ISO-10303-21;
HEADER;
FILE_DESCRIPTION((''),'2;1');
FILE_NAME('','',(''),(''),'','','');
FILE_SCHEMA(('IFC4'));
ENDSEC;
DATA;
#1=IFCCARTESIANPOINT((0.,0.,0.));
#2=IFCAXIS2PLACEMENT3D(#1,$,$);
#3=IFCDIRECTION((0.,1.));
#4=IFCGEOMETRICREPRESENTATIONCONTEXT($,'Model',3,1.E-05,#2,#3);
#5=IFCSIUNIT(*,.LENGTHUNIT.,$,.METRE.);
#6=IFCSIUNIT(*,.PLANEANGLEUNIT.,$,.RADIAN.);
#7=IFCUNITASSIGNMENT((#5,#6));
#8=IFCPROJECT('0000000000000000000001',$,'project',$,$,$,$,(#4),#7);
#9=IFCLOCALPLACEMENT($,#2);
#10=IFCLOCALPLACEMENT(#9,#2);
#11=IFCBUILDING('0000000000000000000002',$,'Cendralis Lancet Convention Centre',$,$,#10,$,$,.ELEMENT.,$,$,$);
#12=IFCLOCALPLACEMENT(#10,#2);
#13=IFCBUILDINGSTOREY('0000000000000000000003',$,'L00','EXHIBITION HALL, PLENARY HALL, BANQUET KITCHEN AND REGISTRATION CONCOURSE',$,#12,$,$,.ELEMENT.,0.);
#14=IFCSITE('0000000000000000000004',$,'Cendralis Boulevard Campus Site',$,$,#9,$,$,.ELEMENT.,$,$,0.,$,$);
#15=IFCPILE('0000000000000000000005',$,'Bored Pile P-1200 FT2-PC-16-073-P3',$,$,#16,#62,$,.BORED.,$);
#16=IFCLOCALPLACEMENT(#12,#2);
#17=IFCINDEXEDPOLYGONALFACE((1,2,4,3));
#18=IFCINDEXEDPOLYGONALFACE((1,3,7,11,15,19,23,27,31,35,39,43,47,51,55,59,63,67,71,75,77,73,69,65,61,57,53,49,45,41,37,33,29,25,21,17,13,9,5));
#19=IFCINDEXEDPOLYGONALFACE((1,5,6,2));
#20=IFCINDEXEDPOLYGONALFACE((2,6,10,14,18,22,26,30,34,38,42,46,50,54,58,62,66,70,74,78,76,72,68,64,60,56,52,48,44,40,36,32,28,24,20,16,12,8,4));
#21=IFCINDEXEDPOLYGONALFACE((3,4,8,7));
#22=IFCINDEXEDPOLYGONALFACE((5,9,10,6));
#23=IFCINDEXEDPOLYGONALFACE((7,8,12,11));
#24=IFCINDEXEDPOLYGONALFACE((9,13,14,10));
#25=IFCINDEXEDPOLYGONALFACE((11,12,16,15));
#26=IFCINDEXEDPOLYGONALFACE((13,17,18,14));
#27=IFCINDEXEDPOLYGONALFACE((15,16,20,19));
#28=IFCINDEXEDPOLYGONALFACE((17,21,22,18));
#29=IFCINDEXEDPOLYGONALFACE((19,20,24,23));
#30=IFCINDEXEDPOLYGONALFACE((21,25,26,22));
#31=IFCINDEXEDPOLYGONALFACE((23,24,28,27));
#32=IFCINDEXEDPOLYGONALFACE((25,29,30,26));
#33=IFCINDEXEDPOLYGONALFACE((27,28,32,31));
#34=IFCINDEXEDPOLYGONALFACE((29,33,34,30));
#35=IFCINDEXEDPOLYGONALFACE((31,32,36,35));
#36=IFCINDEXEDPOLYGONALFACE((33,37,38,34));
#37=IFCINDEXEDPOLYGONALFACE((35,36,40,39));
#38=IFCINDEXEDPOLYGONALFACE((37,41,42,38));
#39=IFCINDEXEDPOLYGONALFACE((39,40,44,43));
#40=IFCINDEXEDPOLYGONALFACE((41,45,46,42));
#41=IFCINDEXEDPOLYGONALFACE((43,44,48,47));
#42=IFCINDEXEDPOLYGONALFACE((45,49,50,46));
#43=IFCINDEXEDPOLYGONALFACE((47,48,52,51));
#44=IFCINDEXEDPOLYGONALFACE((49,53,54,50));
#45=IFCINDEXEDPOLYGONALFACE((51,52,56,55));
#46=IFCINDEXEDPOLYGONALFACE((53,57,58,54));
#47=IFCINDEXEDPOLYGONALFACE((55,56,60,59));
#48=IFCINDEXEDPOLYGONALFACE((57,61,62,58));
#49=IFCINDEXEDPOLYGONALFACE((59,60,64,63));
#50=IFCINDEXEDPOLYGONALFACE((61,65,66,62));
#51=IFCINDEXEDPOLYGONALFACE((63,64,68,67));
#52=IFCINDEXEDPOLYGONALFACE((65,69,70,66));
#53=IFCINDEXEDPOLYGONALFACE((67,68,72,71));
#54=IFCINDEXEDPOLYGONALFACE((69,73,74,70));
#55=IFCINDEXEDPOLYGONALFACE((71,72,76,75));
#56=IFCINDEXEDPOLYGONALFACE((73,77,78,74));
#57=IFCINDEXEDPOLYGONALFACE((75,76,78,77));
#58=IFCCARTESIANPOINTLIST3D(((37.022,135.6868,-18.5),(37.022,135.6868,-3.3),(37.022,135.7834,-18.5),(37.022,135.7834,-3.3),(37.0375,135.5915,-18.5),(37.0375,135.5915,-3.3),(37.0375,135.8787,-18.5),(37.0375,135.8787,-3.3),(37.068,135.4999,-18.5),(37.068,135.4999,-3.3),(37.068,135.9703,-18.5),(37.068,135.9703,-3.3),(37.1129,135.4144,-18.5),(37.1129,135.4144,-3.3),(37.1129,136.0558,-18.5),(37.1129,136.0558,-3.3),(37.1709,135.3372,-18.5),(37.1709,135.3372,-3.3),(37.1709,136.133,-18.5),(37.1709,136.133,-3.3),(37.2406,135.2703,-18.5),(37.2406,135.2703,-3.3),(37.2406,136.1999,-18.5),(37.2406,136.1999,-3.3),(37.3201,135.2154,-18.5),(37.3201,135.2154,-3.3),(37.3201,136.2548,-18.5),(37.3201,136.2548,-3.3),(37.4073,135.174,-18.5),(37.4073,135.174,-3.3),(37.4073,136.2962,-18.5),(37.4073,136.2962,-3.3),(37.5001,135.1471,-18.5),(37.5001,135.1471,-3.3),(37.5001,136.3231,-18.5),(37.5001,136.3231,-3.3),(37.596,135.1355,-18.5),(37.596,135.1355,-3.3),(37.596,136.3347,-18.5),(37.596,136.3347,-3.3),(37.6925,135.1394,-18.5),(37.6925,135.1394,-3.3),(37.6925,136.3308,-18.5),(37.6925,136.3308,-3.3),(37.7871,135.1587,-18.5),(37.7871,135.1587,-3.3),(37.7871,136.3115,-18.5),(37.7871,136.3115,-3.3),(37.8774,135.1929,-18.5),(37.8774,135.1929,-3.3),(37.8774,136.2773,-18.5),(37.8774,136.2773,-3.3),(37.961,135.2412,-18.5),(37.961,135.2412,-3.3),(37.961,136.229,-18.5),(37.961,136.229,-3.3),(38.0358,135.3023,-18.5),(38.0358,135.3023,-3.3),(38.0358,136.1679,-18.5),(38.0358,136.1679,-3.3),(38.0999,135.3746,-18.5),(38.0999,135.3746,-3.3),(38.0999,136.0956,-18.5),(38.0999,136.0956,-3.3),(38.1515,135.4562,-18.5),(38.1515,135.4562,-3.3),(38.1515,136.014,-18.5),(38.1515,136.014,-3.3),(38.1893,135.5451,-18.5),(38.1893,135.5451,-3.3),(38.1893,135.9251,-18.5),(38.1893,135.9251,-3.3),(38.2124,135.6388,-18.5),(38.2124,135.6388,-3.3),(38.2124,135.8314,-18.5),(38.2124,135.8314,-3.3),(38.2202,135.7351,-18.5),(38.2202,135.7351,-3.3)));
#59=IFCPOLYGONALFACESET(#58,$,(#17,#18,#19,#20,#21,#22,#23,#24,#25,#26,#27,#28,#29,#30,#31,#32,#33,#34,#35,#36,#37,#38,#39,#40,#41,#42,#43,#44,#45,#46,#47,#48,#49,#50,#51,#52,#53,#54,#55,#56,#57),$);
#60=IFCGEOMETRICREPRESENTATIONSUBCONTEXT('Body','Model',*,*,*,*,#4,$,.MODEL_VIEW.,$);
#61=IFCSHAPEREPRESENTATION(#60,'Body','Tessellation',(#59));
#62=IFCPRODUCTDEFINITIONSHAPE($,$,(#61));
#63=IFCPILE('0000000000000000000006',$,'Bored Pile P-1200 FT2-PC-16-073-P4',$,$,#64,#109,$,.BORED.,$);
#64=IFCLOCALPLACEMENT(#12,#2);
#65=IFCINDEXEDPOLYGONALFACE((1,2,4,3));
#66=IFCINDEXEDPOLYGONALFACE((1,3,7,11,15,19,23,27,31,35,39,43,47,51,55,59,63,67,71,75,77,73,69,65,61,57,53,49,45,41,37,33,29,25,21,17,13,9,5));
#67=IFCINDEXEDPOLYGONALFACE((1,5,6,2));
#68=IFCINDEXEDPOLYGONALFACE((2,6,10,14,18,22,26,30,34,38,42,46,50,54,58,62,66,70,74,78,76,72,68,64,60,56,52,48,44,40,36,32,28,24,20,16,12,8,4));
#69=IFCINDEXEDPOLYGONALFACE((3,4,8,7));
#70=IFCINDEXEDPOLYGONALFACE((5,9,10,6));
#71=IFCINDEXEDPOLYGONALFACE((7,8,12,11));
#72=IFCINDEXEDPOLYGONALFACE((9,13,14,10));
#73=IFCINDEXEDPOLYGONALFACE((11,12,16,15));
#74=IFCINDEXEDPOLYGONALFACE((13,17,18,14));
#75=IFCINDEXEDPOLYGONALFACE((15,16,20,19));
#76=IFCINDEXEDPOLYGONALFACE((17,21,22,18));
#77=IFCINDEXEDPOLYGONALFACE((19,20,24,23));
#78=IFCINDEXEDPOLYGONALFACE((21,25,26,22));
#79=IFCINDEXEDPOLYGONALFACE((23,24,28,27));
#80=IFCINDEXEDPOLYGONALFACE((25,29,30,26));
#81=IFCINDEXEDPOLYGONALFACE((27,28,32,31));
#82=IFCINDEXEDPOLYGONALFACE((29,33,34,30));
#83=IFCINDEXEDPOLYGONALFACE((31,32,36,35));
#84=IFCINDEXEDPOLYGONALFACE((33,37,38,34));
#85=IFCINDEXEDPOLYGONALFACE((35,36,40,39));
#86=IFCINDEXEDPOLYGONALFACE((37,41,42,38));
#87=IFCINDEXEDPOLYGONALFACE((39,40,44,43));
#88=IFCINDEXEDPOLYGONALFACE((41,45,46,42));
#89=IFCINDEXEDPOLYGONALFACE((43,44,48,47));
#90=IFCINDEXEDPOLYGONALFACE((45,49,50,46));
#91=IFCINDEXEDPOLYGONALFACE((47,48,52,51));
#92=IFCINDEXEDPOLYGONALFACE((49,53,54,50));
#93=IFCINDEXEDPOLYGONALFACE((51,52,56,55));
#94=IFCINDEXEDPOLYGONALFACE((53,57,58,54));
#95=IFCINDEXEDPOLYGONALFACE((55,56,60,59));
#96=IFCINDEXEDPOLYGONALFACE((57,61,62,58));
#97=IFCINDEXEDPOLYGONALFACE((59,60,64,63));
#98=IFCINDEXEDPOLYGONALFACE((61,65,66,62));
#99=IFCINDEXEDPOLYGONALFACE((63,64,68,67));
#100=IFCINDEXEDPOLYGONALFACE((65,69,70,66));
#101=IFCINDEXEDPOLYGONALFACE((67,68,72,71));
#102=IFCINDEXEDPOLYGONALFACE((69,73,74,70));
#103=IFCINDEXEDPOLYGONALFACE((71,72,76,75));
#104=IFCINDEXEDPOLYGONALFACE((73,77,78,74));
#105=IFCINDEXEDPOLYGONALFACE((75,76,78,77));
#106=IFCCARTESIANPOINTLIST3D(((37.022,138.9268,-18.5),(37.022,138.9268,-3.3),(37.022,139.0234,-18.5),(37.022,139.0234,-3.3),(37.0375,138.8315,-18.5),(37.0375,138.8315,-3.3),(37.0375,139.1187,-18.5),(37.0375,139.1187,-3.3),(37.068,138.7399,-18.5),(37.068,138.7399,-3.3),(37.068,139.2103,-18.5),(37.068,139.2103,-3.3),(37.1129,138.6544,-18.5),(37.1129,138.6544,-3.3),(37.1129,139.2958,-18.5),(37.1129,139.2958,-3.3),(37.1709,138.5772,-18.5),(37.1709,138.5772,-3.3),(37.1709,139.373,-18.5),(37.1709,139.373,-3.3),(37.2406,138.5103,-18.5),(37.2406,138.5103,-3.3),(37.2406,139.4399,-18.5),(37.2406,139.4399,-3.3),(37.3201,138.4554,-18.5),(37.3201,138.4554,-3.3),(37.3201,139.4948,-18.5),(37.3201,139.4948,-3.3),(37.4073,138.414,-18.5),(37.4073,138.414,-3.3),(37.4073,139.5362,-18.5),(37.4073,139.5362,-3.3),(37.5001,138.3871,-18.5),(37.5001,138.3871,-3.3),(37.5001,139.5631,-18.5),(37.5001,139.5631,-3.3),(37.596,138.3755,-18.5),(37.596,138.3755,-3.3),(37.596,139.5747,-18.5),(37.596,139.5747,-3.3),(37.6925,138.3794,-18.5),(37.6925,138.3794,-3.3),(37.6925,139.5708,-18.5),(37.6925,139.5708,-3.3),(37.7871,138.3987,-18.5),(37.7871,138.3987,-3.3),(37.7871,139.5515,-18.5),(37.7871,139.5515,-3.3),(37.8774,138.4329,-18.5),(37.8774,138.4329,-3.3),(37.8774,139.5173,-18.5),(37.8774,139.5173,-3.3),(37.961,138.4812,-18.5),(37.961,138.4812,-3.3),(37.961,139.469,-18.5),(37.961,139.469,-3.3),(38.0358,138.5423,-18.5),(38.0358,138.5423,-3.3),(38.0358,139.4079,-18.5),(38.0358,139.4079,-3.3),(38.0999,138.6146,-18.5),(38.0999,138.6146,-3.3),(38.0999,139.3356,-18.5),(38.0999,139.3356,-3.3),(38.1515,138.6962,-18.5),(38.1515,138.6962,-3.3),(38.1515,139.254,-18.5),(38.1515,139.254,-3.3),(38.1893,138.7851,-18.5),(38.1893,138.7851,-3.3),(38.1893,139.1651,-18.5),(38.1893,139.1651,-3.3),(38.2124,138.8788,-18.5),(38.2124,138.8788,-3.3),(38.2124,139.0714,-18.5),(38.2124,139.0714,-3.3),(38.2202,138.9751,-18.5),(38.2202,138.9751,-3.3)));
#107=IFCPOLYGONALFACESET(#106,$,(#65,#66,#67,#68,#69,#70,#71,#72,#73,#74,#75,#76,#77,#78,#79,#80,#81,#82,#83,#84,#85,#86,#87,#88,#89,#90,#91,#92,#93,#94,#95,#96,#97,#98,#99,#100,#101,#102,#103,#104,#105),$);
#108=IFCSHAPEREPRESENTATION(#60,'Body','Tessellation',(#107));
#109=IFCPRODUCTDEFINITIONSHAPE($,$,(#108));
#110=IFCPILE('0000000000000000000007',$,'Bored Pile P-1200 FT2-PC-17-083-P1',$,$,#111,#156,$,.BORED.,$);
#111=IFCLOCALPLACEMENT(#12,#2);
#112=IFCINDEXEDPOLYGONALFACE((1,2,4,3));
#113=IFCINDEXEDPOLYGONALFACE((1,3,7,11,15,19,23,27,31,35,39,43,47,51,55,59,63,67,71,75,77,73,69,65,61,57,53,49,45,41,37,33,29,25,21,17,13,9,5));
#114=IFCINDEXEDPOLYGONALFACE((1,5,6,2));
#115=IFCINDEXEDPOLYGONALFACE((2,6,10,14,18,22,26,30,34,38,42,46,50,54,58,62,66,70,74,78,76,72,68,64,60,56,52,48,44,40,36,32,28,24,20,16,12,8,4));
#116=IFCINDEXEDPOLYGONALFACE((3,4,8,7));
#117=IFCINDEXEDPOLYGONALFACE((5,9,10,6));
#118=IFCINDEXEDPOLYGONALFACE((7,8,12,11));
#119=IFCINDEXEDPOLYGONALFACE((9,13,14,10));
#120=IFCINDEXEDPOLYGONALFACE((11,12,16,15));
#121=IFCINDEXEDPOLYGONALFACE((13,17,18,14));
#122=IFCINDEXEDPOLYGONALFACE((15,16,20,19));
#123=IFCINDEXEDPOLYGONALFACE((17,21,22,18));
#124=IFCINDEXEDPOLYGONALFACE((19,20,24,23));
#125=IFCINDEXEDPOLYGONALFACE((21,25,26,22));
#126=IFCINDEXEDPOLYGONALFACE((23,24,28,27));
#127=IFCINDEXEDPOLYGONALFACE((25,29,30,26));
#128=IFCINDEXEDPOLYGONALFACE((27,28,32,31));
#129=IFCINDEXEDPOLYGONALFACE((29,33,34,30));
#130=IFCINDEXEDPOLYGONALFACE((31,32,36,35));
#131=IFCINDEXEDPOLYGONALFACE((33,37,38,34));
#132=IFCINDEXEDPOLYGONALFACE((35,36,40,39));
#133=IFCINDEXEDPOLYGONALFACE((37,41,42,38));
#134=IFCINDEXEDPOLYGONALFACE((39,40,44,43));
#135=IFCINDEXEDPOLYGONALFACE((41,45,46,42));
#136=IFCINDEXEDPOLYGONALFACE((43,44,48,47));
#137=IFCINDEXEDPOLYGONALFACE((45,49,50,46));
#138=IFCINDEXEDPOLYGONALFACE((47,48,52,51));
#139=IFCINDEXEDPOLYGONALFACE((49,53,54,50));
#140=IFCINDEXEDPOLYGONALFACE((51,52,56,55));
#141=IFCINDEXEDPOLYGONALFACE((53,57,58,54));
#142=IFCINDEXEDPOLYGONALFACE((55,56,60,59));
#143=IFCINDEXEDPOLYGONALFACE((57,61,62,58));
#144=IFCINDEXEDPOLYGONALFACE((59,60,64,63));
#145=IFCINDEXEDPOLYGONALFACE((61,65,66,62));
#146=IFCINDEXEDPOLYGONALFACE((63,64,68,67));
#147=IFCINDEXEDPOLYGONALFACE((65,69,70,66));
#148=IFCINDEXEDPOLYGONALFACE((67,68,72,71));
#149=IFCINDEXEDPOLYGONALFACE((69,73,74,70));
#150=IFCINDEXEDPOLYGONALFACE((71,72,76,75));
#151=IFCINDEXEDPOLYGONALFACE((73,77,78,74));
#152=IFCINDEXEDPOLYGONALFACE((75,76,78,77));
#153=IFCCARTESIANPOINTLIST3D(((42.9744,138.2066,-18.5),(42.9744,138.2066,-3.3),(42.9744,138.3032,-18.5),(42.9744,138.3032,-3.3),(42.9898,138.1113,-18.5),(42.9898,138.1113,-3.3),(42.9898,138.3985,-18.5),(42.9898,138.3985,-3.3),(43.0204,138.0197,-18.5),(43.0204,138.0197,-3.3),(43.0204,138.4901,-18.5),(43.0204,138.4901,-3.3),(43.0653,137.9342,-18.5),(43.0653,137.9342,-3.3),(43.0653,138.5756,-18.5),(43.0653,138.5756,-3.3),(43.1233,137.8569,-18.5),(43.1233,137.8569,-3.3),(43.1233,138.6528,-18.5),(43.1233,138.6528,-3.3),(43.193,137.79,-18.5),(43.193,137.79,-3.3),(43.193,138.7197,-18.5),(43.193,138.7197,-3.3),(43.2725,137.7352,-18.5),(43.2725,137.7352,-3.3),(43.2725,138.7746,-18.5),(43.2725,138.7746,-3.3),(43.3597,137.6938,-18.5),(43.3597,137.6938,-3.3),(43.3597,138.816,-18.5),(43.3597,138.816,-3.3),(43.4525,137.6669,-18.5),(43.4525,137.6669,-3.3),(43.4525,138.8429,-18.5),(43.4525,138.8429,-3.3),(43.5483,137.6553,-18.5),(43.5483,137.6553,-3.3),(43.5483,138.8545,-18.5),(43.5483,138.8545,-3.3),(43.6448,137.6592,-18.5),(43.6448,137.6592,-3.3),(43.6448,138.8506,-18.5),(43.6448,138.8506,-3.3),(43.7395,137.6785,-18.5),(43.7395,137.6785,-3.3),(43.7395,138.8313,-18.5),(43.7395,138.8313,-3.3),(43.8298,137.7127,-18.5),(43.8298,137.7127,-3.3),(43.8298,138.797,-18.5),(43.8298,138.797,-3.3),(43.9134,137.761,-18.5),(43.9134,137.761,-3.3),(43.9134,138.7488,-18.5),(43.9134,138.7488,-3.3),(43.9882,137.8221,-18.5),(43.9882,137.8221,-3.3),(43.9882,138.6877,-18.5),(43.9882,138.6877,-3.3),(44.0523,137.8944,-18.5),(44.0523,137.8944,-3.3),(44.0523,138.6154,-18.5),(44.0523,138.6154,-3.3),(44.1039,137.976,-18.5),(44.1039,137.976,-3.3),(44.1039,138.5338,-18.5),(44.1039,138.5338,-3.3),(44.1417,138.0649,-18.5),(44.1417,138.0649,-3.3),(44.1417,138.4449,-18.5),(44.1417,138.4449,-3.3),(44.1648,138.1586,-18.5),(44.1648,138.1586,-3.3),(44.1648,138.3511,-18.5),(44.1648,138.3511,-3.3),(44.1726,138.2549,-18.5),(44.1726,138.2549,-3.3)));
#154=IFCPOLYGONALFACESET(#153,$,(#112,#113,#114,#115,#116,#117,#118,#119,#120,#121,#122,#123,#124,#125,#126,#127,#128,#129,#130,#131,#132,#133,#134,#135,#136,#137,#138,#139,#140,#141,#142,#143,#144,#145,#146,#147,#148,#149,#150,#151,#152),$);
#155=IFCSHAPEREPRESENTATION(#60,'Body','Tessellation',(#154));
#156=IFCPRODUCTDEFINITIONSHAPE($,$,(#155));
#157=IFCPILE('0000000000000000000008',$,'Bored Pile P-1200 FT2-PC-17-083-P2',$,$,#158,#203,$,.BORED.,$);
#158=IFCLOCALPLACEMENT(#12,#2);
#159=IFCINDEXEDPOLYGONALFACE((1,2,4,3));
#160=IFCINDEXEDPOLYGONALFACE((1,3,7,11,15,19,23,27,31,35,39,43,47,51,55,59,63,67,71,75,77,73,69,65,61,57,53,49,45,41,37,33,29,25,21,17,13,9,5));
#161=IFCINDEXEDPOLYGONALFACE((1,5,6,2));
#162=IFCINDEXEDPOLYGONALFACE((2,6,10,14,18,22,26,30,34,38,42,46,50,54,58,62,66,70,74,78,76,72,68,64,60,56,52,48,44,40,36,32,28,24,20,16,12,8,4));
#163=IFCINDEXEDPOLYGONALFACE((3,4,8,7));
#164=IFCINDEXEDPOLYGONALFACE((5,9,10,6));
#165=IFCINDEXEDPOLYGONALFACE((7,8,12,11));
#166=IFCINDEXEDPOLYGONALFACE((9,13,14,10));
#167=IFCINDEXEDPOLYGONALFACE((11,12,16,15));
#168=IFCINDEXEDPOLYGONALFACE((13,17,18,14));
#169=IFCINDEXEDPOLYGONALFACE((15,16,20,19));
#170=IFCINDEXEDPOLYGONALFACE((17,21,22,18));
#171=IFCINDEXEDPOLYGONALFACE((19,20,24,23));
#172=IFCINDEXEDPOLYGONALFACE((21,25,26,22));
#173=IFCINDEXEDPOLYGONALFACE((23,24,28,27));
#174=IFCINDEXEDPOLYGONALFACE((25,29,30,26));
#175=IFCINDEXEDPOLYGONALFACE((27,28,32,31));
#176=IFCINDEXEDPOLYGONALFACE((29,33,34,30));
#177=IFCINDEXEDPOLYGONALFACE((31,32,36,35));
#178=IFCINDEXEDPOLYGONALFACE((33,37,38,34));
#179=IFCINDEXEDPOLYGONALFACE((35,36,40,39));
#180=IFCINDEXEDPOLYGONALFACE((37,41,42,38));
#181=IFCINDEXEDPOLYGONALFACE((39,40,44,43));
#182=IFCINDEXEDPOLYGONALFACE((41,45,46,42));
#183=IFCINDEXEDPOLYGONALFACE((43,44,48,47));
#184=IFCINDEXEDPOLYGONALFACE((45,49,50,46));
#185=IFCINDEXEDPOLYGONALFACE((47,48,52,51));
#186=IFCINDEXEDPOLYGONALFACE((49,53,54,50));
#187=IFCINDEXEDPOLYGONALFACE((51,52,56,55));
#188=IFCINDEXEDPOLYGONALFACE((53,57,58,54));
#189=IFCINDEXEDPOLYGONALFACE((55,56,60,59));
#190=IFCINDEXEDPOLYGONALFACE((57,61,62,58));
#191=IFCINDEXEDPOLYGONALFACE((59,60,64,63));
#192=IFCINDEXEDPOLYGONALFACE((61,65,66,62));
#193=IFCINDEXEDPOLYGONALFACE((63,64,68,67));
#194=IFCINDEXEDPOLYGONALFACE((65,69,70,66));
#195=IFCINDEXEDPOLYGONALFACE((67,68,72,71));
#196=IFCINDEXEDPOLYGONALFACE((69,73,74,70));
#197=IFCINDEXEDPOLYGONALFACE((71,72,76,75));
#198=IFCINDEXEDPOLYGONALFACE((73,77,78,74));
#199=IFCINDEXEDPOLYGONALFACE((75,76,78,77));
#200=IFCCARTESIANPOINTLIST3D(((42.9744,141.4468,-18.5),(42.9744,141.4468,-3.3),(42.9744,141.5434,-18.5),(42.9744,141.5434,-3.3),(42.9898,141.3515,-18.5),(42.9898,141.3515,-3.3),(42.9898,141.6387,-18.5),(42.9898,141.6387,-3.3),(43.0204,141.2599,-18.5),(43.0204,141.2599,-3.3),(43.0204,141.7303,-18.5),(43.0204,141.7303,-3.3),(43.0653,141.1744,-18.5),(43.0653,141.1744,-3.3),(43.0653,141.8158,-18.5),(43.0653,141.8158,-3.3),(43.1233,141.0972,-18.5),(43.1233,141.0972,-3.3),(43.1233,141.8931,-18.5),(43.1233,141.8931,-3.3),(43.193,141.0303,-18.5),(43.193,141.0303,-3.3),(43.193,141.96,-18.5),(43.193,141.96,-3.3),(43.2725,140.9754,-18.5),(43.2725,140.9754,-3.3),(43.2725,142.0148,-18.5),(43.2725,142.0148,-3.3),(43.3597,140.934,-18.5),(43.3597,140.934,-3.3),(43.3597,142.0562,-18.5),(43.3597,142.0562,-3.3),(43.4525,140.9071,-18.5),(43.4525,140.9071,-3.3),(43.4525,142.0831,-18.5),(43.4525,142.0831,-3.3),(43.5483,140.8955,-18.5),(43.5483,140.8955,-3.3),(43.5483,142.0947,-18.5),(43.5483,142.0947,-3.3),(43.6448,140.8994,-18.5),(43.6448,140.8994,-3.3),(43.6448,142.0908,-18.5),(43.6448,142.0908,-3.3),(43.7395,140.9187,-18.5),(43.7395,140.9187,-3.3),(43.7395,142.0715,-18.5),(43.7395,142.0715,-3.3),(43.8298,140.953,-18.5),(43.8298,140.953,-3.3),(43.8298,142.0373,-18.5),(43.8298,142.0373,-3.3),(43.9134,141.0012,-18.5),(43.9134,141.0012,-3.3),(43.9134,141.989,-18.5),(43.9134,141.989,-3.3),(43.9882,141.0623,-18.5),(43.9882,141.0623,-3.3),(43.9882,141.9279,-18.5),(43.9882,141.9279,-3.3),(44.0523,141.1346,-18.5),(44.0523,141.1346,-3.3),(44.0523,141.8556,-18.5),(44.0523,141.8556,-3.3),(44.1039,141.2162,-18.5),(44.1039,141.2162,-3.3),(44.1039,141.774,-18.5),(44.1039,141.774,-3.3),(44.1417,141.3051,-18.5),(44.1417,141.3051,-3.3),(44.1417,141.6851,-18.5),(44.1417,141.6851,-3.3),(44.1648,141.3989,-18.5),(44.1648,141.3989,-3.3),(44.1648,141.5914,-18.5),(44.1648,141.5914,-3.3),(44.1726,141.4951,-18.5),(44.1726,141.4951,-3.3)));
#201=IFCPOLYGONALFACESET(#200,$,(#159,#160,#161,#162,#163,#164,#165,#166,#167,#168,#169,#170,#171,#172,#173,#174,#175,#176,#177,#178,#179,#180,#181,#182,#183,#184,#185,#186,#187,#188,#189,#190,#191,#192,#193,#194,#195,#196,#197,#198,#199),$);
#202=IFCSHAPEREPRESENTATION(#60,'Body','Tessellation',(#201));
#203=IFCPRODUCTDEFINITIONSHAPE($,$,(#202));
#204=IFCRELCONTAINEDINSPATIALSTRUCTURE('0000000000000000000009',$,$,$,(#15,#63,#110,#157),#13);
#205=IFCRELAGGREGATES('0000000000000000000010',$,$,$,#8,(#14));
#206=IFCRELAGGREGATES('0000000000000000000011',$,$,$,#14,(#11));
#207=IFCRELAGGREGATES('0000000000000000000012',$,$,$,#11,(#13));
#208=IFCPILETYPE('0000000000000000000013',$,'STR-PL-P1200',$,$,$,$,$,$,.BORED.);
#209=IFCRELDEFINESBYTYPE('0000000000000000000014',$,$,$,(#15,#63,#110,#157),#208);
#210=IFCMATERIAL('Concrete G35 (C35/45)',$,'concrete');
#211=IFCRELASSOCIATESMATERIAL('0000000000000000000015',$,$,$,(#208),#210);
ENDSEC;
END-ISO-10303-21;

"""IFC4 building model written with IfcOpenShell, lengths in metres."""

from ifc_helpers import new_model, si_unit, direction, frame, origin, origin_2d, place, context, subcontext, project, spatial, circle, extrude, material, material_profile, profile_set, type_object, element, save


model = new_model("IFC4")

# Units and contexts
model_context = context("Model", 3, precision=1e-05, world=origin(), true_north=direction((0.0, 1.0)))
body_context = subcontext(model_context, "Body", "Model", "MODEL_VIEW")
ifc_project = project(units=[si_unit("LENGTHUNIT", "METRE"), si_unit("PLANEANGLEUNIT", "RADIAN")], contexts=[model_context])

# Site, building, storey
site_placement = place(None, origin())
site = spatial("IfcSite", under=ifc_project, at=site_placement, Name="Cendralis Boulevard Campus Site", CompositionType="ELEMENT", RefElevation=0.0)
building_placement = place(site_placement, origin())
building = spatial("IfcBuilding", under=site, at=building_placement, Name="Cendralis Lancet Convention Centre", CompositionType="ELEMENT")
storey_placement = place(building_placement, origin())
storey = spatial("IfcBuildingStorey", under=building, at=storey_placement, Name="L00", Description="EXHIBITION HALL, PLENARY HALL, BANQUET KITCHEN AND REGISTRATION CONCOURSE", CompositionType="ELEMENT", Elevation=0.0)

# Shared definitions
ifc_material_1 = material(Name="Concrete G35 (C35/45)", Category="concrete")

# Piles
ifc_material_profile_1 = material_profile(ifc_material_1, circle(Radius=0.6001, at=origin_2d()), Name="BORED PILE D1200")
ifc_profile_set_1 = profile_set([ifc_material_profile_1], Name="Concrete G35 (C35/45)")
pile_type_1 = type_object("IfcPileType", Name="STR-PL-P1200", PredefinedType="BORED", material=ifc_profile_set_1)
for number, where, z_axis, x_axis, name in (
    (1, (37.6201, 135.7351, -3.3), (0.0, 0.0, -1.0), (1.0, 0.0, 0.0), "Bored Pile P-1200 FT2-PC-16-073-P3"),
    (2, (37.6201, 138.9751, -3.3), (0.0, 0.0, -1.0), (1.0, 0.0, 0.0), "Bored Pile P-1200 FT2-PC-16-073-P4"),
    (3, (43.5725, 138.2549, -3.3), (0.0, 0.0, -1.0), (1.0, 0.0, 0.0), "Bored Pile P-1200 FT2-PC-17-083-P1"),
    (4, (43.5725, 141.4951, -3.3), (0.0, 0.0, -1.0), (1.0, 0.0, 0.0), "Bored Pile P-1200 FT2-PC-17-083-P2"),
):
    element("IfcPile", number, at=place(storey_placement, frame(where, z_axis=z_axis, x_axis=x_axis)), inside=storey, type_object=pile_type_1, Name=name, PredefinedType="BORED", context=body_context, shape_type="SweptSolid", body=[
        extrude(circle(Radius=0.6001, at=origin_2d()), origin(), (0.0, 0.0, 1.0), 15.2),
    ])

save(model, "model.ifc")
